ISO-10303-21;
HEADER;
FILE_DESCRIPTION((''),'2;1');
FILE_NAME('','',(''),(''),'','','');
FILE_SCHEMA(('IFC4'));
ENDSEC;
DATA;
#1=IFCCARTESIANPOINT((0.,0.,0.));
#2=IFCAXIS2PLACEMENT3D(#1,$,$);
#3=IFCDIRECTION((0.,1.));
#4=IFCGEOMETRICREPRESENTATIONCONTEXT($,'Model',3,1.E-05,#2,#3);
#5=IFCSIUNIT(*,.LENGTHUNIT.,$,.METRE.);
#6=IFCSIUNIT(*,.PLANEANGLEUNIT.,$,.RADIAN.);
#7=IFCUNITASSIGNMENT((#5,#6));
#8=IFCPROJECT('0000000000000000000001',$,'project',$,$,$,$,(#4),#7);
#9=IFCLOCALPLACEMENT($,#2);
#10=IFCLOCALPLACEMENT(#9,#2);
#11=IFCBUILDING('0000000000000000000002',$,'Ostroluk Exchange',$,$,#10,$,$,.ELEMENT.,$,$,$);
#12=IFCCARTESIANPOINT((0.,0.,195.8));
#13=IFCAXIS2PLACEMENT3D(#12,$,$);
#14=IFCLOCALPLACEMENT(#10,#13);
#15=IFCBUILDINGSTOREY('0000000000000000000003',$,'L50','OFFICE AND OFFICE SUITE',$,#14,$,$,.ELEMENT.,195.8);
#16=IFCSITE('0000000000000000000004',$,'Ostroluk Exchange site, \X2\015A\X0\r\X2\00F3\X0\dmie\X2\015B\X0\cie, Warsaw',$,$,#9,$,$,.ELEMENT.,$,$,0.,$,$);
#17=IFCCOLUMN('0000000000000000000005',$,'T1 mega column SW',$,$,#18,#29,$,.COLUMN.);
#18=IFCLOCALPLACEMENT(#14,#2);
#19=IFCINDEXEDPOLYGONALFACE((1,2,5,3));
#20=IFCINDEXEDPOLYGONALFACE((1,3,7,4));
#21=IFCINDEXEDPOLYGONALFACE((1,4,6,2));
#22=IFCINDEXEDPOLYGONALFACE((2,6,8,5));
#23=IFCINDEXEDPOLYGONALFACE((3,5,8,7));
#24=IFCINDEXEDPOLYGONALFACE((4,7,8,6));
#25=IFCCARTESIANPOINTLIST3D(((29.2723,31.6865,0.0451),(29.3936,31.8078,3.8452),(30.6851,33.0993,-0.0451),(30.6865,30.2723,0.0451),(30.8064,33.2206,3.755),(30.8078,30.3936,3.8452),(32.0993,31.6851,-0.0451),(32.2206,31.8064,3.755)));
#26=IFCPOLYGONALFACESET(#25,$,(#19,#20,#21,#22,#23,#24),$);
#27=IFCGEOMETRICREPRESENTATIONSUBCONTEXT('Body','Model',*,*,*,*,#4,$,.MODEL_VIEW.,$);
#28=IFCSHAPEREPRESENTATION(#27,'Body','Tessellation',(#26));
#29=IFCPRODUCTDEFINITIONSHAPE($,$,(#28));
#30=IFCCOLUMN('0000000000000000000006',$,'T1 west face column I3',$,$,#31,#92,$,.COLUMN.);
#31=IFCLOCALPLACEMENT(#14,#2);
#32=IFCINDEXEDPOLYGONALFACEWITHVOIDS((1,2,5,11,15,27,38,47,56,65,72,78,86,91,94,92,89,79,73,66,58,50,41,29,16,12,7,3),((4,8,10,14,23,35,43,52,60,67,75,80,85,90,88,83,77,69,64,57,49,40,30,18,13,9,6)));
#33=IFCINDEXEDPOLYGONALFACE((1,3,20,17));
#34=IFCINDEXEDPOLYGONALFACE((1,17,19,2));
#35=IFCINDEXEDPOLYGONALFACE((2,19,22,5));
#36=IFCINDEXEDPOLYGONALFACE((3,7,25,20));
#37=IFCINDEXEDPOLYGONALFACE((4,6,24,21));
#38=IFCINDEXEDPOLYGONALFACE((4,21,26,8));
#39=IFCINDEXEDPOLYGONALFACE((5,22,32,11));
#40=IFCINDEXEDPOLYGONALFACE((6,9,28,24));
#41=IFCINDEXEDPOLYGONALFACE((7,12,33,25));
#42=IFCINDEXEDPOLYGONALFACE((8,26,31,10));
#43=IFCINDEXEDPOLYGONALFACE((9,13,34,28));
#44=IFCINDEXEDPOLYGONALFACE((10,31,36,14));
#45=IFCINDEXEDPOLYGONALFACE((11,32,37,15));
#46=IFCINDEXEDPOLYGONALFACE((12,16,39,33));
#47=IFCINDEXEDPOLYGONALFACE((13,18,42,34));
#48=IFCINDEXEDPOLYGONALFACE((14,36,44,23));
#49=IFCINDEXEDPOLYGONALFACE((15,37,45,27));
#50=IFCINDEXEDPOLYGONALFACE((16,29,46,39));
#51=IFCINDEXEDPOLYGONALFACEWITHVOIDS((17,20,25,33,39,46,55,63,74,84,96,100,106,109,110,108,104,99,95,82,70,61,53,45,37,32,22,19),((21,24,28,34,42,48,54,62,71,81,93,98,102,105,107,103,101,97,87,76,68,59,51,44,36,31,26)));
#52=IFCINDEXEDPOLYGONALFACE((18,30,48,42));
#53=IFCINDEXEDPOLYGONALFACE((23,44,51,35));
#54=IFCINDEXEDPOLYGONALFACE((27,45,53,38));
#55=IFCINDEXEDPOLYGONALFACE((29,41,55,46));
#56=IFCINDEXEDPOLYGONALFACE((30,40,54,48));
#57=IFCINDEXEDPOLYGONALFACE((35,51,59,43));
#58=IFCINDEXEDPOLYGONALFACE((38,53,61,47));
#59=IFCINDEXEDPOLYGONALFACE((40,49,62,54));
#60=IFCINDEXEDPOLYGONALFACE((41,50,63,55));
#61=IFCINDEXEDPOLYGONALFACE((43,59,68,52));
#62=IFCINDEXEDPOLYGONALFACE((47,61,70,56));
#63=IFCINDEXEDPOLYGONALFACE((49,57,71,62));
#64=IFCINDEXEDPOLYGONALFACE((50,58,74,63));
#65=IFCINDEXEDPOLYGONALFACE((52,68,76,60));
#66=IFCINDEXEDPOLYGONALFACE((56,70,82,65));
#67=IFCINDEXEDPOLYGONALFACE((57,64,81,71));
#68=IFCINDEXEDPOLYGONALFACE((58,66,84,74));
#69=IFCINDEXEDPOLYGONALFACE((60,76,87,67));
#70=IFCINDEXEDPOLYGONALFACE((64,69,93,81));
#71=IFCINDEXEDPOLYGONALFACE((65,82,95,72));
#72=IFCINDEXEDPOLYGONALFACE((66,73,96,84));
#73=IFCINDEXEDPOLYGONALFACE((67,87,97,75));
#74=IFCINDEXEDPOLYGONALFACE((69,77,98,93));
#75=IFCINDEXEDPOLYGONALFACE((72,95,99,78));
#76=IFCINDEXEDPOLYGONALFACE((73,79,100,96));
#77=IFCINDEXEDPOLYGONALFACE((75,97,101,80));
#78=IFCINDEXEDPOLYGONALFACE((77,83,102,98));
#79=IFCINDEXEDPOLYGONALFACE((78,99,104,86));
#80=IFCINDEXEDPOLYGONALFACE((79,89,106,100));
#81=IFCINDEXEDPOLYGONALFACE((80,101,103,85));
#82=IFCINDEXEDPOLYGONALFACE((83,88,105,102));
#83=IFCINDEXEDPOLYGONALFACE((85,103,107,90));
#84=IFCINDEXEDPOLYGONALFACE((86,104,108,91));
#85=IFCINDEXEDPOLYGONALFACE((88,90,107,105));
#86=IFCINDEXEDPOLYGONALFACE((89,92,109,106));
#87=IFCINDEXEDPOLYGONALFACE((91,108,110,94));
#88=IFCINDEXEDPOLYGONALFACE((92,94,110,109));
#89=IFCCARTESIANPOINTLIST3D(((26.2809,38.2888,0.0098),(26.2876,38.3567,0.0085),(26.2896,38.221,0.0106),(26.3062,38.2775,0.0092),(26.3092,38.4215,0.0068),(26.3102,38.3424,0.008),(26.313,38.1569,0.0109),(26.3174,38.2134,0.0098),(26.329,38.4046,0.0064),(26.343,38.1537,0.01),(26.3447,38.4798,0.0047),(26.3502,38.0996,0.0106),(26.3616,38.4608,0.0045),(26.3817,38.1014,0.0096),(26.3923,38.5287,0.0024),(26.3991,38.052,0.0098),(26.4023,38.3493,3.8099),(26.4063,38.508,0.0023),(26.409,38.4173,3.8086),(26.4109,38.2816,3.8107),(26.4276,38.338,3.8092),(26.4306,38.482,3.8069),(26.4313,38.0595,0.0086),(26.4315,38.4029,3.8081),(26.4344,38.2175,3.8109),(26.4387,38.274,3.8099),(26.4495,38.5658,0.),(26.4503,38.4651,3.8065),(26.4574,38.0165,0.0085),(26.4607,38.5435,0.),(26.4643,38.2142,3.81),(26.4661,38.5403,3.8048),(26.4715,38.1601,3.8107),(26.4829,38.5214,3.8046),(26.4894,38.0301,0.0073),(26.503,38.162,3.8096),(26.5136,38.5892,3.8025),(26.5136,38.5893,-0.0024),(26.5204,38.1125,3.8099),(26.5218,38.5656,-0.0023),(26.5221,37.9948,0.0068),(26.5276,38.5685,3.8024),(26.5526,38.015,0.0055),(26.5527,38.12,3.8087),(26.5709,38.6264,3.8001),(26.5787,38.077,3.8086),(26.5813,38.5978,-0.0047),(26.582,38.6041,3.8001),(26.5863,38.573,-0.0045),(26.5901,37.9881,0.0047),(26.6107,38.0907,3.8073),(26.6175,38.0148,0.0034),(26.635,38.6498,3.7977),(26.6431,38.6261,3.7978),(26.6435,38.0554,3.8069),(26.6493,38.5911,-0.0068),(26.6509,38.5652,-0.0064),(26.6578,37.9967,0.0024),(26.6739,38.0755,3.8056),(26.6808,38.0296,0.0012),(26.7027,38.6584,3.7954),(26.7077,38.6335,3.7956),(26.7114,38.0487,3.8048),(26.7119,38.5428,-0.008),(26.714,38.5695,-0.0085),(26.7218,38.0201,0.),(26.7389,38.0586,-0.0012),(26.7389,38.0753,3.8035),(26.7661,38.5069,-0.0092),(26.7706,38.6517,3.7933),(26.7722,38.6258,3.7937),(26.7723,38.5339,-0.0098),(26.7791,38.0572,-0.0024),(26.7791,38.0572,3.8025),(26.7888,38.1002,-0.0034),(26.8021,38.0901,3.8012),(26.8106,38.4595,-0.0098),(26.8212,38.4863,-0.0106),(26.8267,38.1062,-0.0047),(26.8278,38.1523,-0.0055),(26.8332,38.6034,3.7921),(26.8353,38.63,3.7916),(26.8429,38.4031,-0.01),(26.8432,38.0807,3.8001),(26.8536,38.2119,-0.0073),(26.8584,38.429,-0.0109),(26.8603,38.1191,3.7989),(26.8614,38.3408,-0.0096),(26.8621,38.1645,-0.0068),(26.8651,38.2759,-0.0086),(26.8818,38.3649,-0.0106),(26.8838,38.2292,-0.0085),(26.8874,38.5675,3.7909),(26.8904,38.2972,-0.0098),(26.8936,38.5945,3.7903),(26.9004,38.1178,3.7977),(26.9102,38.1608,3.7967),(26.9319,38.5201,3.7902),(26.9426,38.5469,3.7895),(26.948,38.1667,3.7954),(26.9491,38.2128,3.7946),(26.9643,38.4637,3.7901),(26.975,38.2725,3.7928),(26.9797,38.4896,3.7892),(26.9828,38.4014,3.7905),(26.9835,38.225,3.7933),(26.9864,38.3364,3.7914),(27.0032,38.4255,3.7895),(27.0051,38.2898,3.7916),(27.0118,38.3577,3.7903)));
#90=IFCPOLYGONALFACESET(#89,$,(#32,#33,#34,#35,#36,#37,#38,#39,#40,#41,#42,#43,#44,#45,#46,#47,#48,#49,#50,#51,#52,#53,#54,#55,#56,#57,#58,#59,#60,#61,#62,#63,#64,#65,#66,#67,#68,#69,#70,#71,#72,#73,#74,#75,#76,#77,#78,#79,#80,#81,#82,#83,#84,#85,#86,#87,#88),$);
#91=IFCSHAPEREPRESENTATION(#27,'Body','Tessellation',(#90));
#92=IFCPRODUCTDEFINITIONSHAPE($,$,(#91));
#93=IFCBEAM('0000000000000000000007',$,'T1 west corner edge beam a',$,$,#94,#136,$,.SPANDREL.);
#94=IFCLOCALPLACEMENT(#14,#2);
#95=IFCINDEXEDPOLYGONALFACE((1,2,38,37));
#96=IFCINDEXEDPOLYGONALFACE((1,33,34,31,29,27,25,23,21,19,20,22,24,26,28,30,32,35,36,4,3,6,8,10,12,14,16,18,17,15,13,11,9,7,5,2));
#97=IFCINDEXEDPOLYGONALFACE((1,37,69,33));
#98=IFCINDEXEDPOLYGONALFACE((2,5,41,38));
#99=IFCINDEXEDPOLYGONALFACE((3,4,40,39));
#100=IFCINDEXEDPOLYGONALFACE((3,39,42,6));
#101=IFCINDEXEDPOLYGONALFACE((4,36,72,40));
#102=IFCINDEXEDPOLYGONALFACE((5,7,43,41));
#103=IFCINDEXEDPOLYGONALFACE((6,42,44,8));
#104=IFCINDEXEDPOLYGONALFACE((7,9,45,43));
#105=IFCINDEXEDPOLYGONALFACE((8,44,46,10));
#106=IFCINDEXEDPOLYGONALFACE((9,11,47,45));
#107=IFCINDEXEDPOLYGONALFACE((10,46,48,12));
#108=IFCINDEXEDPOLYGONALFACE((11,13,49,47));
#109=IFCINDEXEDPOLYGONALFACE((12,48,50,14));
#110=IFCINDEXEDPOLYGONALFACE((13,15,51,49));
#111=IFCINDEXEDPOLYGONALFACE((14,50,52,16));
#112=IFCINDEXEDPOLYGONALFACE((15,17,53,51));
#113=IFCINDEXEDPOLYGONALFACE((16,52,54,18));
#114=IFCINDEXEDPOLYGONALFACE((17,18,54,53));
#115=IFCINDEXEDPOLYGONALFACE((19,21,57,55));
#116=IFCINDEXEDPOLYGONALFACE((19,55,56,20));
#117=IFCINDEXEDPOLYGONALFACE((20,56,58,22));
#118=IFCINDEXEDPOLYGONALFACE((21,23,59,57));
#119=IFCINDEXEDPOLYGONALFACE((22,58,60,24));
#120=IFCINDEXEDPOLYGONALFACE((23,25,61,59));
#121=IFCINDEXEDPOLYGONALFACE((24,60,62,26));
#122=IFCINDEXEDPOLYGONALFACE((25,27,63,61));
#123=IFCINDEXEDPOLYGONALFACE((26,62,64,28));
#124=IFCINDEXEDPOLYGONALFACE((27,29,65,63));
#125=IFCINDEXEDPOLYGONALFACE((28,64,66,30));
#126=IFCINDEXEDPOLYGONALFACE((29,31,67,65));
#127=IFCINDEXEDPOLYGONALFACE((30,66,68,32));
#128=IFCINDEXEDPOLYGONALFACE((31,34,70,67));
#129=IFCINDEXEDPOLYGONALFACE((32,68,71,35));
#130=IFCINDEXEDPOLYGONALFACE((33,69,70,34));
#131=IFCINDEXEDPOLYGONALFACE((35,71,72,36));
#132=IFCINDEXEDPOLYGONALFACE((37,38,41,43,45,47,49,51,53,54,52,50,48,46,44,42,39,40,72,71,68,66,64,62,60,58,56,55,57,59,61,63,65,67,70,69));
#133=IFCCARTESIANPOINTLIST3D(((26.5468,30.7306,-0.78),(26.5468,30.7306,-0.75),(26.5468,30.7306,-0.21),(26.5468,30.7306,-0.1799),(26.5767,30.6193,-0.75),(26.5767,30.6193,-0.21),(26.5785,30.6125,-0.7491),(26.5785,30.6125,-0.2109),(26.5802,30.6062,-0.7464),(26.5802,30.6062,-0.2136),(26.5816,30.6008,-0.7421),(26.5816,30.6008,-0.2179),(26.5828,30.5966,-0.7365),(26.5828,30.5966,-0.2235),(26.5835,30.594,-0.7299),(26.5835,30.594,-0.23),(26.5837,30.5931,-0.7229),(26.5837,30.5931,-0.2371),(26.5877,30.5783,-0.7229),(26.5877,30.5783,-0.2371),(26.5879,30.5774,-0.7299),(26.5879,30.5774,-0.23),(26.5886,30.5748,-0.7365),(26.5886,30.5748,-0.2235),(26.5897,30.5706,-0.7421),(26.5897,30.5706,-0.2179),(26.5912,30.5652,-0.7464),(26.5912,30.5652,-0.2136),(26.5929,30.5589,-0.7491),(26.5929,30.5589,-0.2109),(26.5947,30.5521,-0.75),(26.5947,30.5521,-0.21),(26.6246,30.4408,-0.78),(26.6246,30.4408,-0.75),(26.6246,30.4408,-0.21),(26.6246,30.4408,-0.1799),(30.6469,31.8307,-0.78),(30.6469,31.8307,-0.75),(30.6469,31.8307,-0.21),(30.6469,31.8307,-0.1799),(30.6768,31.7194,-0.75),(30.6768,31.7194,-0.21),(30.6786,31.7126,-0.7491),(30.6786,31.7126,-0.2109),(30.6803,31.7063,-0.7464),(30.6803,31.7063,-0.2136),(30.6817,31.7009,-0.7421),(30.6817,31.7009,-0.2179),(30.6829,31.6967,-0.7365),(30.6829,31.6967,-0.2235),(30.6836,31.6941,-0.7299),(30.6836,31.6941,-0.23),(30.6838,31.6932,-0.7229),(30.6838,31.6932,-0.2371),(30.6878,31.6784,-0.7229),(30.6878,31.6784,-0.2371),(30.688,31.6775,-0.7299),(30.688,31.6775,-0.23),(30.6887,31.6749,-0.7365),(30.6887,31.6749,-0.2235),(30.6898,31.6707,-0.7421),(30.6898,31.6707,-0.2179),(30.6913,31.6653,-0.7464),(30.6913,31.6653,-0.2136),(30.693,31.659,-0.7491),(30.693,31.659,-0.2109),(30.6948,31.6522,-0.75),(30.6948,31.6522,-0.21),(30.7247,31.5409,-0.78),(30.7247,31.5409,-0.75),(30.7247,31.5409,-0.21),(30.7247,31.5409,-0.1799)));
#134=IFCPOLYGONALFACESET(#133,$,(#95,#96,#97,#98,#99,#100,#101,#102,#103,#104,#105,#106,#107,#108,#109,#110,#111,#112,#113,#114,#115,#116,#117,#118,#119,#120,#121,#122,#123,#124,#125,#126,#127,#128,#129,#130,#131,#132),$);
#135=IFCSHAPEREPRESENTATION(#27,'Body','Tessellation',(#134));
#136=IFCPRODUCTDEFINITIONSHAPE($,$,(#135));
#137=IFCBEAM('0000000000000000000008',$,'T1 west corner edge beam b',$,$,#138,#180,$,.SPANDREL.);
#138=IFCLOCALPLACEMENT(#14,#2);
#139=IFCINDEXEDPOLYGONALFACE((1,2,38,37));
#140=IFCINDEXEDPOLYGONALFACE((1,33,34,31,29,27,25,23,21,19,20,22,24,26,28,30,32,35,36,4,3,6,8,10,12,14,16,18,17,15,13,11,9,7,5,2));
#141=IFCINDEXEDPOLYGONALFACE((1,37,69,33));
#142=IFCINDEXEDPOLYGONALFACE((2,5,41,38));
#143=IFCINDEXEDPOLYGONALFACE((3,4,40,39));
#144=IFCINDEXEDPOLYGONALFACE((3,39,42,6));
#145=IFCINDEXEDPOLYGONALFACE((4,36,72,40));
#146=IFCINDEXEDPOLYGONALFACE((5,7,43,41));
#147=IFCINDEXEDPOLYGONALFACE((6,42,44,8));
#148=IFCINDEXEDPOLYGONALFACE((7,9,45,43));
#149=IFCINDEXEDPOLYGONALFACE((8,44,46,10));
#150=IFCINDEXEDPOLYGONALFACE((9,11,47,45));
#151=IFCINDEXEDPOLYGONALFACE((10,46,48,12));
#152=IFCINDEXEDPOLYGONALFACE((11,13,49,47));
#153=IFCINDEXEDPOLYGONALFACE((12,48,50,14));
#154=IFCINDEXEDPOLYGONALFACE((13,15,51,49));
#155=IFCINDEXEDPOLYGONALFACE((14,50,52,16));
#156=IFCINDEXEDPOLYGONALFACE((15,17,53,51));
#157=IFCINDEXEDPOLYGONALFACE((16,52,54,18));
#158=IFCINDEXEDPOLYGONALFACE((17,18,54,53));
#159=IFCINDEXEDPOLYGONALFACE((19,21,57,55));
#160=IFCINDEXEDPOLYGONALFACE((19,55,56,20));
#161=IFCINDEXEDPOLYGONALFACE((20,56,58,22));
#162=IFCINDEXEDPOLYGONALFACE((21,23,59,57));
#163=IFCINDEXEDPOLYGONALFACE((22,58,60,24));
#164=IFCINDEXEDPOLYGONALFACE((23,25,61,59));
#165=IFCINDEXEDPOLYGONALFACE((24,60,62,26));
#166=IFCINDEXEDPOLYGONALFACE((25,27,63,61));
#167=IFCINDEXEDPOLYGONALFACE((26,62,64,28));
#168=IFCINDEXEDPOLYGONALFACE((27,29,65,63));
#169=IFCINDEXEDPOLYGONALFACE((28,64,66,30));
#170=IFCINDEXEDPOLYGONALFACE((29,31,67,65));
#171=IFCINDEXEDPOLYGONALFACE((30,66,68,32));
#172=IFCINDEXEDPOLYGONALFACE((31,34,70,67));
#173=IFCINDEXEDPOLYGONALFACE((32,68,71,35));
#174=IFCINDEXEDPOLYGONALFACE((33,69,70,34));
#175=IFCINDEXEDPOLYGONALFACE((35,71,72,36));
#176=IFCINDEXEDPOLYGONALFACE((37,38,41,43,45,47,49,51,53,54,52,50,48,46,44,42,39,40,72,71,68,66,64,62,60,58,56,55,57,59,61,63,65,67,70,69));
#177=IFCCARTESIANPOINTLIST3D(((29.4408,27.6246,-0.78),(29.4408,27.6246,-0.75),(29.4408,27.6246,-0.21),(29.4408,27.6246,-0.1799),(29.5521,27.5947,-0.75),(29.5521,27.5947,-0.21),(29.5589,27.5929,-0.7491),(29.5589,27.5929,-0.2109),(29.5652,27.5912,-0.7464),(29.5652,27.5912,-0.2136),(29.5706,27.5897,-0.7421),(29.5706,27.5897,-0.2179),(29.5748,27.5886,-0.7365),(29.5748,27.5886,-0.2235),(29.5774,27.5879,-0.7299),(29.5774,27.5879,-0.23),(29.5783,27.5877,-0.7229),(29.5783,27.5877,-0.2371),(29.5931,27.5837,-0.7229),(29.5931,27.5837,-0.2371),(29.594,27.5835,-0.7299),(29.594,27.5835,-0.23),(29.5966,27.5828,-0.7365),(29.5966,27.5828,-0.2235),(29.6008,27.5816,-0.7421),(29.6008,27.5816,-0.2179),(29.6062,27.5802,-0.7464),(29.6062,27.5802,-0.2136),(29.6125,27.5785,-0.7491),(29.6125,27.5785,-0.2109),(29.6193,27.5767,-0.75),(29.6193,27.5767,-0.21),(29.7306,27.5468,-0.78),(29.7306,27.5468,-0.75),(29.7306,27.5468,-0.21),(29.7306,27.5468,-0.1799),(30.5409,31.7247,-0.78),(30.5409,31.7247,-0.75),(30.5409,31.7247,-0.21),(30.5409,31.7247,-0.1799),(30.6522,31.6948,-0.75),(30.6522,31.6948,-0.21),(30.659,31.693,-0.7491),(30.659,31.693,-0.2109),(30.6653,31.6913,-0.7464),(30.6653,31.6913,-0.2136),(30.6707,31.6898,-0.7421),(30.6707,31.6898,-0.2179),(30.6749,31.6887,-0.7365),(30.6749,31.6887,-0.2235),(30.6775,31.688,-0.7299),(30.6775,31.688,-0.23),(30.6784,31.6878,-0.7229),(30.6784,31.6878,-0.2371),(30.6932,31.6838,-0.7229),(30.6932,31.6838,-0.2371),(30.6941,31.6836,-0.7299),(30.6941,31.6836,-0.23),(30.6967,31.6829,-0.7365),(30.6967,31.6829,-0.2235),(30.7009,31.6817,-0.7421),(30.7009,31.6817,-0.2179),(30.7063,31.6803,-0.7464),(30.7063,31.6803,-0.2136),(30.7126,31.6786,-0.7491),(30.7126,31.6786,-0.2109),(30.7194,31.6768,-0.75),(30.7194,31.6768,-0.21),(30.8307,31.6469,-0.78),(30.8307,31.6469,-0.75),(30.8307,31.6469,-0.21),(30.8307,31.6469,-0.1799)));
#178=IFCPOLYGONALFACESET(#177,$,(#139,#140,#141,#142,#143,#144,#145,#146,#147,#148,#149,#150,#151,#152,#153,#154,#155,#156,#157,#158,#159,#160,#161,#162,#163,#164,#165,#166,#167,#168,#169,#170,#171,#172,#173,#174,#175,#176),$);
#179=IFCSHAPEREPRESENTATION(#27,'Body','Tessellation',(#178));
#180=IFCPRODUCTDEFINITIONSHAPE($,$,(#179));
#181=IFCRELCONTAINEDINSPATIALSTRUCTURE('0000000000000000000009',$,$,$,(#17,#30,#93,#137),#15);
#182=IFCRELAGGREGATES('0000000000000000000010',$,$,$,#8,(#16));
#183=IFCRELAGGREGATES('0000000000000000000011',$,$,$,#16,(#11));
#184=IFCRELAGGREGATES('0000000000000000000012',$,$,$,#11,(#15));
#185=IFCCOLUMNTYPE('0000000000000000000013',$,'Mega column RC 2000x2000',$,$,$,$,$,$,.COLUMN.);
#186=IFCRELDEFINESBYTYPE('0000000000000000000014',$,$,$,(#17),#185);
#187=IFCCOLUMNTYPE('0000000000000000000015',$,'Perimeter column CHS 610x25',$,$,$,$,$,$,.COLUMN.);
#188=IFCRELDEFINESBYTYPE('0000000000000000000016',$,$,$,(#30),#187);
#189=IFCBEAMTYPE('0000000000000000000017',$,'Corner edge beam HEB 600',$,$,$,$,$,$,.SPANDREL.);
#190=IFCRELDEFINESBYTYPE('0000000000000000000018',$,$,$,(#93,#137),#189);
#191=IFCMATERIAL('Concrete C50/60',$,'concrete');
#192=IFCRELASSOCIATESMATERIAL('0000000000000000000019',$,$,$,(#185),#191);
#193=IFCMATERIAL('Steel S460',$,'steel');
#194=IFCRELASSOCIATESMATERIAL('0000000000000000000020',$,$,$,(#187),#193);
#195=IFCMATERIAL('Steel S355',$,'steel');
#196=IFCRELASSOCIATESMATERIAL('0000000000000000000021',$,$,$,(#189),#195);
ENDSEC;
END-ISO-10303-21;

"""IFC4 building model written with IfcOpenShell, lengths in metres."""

from ifc_helpers import new_model, si_unit, direction, frame, origin, origin_2d, place, context, subcontext, project, spatial, rectangle, hollow_circle, i_section, extrude, material, material_profile, profile_set, type_object, element, save


model = new_model("IFC4")

# Units and contexts
model_context = context("Model", 3, precision=1e-05, world=origin(), true_north=direction((0.0, 1.0)))
body_context = subcontext(model_context, "Body", "Model", "MODEL_VIEW")
ifc_project = project(units=[si_unit("LENGTHUNIT", "METRE"), si_unit("PLANEANGLEUNIT", "RADIAN")], contexts=[model_context])

# Site, building, storey
site_placement = place(None, origin())
site = spatial("IfcSite", under=ifc_project, at=site_placement, Name="Ostroluk Exchange site, Śródmieście, Warsaw", CompositionType="ELEMENT", RefElevation=0.0)
building_placement = place(site_placement, origin())
building = spatial("IfcBuilding", under=site, at=building_placement, Name="Ostroluk Exchange", CompositionType="ELEMENT")
storey_placement = place(building_placement, frame((0.0, 0.0, 195.8)))
storey = spatial("IfcBuildingStorey", under=building, at=storey_placement, Name="L50", Description="OFFICE AND OFFICE SUITE", CompositionType="ELEMENT", Elevation=195.8)

# Columns
ifc_material_1 = material(Name="Concrete C50/60", Category="concrete")
ifc_material_profile_1 = material_profile(ifc_material_1, rectangle(XDim=2.0, YDim=2.0, at=origin_2d()), Name="RC 2000x2000")
ifc_profile_set_1 = profile_set([ifc_material_profile_1], Name="Concrete C50/60")
column_type_1 = type_object("IfcColumnType", Name="Mega column RC 2000x2000", PredefinedType="COLUMN", material=ifc_profile_set_1)
column_1_placement = place(storey_placement, frame((30.6858, 31.6858, 0.0), z_axis=(0.031898, 0.031898, 0.998982), x_axis=(-0.707107, 0.707107, 0.0)))
element("IfcColumn", 1, at=column_1_placement, inside=storey, type_object=column_type_1, Name="T1 mega column SW", PredefinedType="COLUMN", context=body_context, shape_type="SweptSolid", body=[
    extrude(rectangle(XDim=2.0, YDim=2.0, at=origin_2d()), origin(), (0.0, 0.0, 1.0), 3.804),
])
ifc_material_2 = material(Name="Steel S460", Category="steel")
ifc_material_profile_2 = material_profile(ifc_material_2, hollow_circle(Radius=0.3049, WallThickness=0.0249, at=origin_2d()), Name="CHS 610x25")
ifc_profile_set_2 = profile_set([ifc_material_profile_2], Name="Steel S460")
column_type_2 = type_object("IfcColumnType", Name="Perimeter column CHS 610x25", PredefinedType="COLUMN", material=ifc_profile_set_2)
column_2_placement = place(storey_placement, frame((26.5857, 38.293, 0.0), z_axis=(0.03191, 0.015923, 0.999364), x_axis=(-0.446493, 0.894787, 0.0)))
element("IfcColumn", 2, at=column_2_placement, inside=storey, type_object=column_type_2, Name="T1 west face column I3", PredefinedType="COLUMN", context=body_context, shape_type="SweptSolid", body=[
    extrude(hollow_circle(Radius=0.3049, WallThickness=0.0249, at=origin_2d()), origin(), (0.0, 0.0, 1.0), 3.8025),
])

# Beams
ifc_material_3 = material(Name="Steel S355", Category="steel")
ifc_material_profile_3 = material_profile(ifc_material_3, i_section(OverallWidth=0.3, OverallDepth=0.6001, WebThickness=0.0154, FlangeThickness=0.03, FilletRadius=0.0271, at=origin_2d()), Name="HEB 600")
ifc_profile_set_3 = profile_set([ifc_material_profile_3], Name="Steel S355")
beam_type_1 = type_object("IfcBeamType", Name="Corner edge beam HEB 600", PredefinedType="SPANDREL", material=ifc_profile_set_3)
for number, where, z_axis, x_axis, name in (
    (3, (30.6858, 31.6858, -0.48), (-0.965839, -0.259144, 0.0), (0.259144, -0.965839, 0.0), "T1 west corner edge beam a"),
    (4, (30.6858, 31.6858, -0.48), (-0.259144, -0.965839, 0.0), (0.965839, -0.259144, 0.0), "T1 west corner edge beam b"),
):
    element("IfcBeam", number, at=place(storey_placement, frame(where, z_axis=z_axis, x_axis=x_axis)), inside=storey, type_object=beam_type_1, Name=name, PredefinedType="SPANDREL", context=body_context, shape_type="SweptSolid", body=[
        extrude(i_section(OverallWidth=0.3, OverallDepth=0.6001, WebThickness=0.0154, FlangeThickness=0.03, FilletRadius=0.0271, at=origin_2d()), origin(), (0.0, 0.0, 1.0), 4.2451),
    ])

save(model, "model.ifc")
